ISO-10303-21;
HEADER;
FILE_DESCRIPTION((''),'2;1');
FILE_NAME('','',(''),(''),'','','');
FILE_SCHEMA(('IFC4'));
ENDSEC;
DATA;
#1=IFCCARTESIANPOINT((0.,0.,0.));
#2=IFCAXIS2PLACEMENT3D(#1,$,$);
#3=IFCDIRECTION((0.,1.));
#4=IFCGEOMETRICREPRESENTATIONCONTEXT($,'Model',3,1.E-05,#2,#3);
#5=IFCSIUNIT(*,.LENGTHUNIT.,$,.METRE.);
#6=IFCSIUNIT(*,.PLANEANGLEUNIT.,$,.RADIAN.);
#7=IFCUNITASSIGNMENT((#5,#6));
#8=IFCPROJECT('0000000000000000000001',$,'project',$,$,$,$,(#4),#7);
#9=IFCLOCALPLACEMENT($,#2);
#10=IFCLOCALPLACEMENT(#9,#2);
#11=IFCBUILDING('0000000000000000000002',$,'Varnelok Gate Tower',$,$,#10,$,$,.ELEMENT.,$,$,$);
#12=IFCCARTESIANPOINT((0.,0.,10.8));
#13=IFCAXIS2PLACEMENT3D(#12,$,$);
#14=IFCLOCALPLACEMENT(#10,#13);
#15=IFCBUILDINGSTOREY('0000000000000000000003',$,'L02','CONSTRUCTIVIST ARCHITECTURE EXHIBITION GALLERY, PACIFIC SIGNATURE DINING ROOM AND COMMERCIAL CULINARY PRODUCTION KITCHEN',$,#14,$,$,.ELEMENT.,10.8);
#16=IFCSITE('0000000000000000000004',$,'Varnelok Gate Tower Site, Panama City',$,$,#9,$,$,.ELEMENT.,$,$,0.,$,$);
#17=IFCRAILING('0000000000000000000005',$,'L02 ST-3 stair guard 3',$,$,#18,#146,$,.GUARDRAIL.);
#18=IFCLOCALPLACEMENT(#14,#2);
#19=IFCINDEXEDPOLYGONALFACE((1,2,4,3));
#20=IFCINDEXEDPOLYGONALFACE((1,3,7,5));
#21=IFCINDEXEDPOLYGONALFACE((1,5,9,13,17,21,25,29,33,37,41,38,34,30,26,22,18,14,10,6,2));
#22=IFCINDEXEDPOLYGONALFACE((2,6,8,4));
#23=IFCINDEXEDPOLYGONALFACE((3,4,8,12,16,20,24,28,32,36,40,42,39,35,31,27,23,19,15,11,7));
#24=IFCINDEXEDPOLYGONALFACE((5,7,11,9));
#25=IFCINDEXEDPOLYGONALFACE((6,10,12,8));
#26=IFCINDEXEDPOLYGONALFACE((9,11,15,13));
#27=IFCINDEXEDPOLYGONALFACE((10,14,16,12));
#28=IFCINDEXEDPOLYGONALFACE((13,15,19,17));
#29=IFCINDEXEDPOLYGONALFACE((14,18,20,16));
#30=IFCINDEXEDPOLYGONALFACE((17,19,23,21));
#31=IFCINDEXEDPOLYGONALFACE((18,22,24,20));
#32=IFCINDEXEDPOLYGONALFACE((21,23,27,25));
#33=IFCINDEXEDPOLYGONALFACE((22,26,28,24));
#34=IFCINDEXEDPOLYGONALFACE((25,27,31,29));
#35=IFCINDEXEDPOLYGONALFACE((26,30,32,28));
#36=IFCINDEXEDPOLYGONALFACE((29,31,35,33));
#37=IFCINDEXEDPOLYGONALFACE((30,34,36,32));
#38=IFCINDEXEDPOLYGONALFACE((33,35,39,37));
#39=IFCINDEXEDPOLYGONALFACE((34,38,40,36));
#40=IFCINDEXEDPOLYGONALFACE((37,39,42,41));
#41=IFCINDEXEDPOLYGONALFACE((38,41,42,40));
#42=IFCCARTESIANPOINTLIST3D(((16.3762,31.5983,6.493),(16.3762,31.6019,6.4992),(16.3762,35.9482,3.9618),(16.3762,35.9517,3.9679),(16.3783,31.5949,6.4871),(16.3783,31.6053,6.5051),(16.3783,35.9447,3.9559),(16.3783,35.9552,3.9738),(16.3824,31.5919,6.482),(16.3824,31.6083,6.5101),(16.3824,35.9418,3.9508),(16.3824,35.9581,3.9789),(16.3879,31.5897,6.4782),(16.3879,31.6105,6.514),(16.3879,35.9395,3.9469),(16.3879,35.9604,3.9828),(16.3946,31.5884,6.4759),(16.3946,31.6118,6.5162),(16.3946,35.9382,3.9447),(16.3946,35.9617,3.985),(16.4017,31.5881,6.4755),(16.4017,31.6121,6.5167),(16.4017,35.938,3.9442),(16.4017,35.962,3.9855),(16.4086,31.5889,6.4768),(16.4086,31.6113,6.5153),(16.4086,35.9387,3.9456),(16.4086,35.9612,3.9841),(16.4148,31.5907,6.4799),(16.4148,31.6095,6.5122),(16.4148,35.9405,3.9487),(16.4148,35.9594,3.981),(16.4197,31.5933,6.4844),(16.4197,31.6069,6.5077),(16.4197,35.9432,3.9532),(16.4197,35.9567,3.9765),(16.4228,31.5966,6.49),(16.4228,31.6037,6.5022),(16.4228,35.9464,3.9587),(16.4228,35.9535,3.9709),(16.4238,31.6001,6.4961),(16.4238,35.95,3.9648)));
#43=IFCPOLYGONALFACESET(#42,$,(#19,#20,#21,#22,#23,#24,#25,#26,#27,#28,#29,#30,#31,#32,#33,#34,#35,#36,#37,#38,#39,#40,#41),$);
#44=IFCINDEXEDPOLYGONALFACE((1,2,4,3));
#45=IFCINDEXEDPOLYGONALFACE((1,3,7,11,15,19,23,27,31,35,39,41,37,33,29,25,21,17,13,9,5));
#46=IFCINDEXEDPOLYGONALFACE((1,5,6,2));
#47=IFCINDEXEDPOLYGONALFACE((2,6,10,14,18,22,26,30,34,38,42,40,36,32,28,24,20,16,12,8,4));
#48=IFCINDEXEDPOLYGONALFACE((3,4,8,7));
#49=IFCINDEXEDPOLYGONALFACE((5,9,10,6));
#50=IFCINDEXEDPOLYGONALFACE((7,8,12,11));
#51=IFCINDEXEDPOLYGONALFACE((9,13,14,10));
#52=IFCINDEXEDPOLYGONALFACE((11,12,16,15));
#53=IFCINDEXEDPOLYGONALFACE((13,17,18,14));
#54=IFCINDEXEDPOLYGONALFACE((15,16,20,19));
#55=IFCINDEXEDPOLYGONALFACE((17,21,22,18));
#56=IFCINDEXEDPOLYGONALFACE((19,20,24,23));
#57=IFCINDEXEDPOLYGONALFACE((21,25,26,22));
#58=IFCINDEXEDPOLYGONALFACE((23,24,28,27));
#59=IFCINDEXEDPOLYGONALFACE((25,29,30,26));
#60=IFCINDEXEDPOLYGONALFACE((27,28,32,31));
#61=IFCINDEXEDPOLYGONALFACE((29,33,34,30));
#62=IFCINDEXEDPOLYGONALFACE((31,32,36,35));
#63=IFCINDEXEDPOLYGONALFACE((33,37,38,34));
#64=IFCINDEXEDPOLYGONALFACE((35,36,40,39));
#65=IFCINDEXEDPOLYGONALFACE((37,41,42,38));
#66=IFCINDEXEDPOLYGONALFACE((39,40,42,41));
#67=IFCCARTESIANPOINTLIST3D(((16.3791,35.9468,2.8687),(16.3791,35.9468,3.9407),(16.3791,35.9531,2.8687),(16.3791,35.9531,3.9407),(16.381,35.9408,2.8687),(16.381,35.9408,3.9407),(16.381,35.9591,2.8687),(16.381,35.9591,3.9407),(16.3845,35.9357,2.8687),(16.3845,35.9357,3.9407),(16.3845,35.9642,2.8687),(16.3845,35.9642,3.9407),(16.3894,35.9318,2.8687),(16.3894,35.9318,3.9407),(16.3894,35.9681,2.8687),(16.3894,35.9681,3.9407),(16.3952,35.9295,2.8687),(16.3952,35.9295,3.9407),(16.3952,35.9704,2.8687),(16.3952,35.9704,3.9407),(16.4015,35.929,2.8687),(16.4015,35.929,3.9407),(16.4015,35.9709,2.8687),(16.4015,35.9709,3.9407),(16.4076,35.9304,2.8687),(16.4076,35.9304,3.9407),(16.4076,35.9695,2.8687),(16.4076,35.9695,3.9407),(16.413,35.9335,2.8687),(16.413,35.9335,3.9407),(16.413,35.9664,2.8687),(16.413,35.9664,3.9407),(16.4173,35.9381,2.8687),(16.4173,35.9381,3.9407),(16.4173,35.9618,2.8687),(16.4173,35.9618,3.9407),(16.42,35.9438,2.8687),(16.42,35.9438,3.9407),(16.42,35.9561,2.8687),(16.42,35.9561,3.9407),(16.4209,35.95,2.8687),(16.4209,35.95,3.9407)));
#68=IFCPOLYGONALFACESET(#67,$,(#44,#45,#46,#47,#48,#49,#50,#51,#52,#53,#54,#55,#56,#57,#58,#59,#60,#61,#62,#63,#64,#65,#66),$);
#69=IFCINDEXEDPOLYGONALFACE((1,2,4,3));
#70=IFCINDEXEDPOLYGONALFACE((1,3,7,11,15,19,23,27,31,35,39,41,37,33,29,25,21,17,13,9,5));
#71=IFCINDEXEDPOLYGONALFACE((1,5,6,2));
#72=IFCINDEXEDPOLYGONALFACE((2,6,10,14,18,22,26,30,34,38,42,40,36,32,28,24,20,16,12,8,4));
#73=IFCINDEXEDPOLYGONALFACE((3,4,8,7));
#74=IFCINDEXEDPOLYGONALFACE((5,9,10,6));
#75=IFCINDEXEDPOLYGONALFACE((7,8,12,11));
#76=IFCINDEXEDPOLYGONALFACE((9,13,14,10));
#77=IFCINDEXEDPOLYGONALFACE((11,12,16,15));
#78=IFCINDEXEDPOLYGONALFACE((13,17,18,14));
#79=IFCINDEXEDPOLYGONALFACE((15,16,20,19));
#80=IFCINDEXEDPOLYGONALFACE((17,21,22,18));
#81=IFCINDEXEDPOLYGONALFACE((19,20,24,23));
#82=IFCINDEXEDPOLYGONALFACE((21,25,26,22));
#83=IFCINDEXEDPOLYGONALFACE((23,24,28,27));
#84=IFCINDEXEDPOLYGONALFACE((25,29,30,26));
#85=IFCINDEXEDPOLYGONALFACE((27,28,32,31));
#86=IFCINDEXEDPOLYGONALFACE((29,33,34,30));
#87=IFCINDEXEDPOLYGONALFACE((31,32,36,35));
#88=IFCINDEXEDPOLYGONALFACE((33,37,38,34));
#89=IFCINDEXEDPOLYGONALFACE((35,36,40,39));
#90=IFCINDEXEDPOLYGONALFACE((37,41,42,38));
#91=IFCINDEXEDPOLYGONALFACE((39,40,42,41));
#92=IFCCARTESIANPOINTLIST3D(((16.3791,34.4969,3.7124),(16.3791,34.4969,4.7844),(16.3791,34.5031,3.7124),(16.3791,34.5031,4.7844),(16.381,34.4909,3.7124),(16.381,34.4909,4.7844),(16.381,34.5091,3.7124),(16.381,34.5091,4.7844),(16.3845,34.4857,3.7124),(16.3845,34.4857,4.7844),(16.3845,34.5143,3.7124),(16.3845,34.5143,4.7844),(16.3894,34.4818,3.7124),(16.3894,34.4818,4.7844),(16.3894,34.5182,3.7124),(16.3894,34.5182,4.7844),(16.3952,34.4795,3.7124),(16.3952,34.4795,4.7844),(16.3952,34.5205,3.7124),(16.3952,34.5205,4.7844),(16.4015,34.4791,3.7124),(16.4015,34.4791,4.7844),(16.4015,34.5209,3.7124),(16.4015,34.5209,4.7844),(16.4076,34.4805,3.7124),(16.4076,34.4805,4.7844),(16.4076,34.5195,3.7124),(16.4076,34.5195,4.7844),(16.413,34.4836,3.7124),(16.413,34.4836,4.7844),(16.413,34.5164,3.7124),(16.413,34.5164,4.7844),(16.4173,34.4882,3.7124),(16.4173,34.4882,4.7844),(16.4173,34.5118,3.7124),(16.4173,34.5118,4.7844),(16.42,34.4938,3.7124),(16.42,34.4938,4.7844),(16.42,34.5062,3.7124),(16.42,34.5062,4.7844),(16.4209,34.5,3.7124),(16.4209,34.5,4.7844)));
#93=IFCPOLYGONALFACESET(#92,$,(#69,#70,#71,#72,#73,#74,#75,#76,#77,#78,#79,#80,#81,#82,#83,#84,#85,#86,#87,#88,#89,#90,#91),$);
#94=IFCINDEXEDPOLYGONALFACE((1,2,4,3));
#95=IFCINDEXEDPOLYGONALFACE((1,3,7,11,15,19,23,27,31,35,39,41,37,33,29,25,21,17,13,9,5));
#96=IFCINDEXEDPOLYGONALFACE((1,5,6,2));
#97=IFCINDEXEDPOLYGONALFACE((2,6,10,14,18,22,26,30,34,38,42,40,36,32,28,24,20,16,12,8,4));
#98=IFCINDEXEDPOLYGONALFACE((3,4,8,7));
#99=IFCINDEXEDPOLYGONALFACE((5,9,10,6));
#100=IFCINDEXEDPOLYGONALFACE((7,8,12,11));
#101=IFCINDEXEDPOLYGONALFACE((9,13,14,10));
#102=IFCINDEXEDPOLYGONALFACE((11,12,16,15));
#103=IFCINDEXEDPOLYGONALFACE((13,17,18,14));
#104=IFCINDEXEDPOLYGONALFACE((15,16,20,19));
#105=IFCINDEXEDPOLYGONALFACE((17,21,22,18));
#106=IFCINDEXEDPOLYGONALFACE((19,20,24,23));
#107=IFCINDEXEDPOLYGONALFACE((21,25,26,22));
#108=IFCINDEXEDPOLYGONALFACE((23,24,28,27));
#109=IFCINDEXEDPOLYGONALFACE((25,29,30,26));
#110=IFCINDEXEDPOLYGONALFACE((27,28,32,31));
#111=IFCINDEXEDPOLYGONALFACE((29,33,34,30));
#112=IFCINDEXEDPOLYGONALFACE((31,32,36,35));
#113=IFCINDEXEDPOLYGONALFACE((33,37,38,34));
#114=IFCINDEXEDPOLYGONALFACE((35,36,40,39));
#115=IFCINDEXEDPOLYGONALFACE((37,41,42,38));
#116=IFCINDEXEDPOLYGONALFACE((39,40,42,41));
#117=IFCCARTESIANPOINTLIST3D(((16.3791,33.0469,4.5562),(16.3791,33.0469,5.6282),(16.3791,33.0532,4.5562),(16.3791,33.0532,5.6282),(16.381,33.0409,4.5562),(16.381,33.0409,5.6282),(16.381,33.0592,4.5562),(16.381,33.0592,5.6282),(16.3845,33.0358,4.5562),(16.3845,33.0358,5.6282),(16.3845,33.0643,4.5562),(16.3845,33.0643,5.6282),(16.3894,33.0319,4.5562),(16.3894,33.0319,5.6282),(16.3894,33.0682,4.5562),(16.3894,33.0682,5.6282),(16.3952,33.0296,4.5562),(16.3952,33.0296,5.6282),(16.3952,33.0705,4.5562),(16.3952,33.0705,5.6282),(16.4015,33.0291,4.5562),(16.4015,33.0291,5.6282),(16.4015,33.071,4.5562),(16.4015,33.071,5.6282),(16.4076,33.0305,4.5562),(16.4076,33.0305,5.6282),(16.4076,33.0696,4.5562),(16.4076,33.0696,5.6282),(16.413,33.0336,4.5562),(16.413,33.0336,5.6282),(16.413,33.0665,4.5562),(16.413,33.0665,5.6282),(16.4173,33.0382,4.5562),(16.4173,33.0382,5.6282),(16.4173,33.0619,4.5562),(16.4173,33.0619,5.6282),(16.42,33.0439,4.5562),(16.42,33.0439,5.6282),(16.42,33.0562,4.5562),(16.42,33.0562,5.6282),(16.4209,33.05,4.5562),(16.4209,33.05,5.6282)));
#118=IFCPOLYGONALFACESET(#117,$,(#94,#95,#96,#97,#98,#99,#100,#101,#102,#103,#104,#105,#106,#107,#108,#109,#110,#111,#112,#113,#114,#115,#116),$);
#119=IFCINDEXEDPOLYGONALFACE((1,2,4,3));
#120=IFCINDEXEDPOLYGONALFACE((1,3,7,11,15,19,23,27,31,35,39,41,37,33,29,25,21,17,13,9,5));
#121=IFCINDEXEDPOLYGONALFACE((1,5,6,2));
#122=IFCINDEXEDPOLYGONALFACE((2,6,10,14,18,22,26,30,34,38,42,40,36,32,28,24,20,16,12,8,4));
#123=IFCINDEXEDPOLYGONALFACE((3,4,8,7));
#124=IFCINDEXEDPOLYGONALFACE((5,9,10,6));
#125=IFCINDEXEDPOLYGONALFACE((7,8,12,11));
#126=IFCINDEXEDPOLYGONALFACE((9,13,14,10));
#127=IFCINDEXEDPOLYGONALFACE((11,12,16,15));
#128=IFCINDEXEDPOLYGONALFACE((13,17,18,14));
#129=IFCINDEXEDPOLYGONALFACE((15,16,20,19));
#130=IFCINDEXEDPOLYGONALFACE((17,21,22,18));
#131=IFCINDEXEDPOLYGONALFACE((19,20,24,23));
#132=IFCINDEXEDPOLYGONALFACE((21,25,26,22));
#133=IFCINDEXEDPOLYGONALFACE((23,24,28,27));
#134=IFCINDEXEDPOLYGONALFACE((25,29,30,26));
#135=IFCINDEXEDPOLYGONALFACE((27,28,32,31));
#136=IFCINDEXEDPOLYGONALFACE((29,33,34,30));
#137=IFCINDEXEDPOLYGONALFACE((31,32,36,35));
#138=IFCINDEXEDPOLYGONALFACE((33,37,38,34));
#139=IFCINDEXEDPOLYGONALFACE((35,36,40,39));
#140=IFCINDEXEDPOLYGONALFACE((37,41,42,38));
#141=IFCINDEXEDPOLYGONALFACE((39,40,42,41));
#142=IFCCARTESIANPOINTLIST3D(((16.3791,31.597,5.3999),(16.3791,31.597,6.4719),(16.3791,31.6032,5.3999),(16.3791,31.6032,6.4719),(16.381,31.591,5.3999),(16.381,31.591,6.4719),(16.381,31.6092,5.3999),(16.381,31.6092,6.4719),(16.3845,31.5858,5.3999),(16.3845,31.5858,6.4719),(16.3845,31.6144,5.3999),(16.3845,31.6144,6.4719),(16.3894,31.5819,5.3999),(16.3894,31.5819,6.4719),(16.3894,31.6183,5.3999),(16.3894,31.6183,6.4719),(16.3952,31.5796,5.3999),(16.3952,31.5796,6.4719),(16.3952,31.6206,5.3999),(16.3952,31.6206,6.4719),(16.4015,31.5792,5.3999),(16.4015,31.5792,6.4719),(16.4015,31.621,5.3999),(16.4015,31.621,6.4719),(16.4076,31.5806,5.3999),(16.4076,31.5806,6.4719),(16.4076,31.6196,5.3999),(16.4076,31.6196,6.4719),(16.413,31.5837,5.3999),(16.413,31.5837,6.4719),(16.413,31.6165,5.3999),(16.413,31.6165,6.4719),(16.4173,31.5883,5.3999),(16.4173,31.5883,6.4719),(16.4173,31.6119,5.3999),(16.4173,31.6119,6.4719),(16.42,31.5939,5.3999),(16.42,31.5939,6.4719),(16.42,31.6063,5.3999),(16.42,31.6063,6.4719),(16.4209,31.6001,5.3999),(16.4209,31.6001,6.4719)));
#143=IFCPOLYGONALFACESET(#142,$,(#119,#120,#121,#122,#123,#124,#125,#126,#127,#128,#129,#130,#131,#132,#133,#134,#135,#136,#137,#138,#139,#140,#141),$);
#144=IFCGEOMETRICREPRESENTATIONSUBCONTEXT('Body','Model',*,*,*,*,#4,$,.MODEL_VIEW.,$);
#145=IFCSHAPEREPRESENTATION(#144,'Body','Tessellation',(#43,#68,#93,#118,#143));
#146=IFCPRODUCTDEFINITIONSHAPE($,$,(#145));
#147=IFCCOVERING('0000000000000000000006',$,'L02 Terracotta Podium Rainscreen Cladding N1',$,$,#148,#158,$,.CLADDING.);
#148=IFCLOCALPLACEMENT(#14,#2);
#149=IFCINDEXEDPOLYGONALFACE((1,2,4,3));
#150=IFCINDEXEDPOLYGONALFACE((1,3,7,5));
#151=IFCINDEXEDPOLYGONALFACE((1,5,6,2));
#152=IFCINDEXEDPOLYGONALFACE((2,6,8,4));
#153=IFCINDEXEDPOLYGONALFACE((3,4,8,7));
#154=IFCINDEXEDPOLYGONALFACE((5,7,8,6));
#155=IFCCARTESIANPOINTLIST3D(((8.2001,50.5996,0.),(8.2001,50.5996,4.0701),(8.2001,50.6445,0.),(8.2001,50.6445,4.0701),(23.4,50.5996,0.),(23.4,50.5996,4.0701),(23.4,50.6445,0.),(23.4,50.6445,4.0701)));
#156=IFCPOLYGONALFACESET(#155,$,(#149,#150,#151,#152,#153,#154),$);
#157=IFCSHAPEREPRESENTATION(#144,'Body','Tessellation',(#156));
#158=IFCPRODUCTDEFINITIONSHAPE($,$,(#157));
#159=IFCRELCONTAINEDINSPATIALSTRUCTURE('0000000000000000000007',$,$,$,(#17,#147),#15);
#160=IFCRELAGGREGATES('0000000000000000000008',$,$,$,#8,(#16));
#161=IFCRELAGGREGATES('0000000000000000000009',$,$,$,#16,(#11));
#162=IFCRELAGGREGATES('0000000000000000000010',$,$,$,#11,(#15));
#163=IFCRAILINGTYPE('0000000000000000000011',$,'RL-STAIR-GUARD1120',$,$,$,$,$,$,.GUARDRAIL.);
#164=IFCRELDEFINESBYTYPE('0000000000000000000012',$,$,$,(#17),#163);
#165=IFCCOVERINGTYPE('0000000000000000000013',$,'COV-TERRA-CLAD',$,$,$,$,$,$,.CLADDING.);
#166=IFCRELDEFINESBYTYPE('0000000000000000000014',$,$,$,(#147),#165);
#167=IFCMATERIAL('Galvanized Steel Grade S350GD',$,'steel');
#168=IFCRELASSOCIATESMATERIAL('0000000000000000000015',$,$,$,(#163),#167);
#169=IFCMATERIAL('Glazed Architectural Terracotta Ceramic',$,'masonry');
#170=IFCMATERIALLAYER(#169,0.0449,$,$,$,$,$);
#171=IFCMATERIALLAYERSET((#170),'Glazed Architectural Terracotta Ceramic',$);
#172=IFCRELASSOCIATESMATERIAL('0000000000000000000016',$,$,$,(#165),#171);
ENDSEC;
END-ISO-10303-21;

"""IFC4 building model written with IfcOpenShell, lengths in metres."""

from ifc_helpers import new_model, si_unit, direction, frame, origin, origin_2d, place, context, subcontext, project, spatial, rectangle, circle, extrude, source, transform, mapped, material, layer, layer_set, type_object, element, save


model = new_model("IFC4")

# Units and contexts
model_context = context("Model", 3, precision=1e-05, world=origin(), true_north=direction((0.0, 1.0)))
body_context = subcontext(model_context, "Body", "Model", "MODEL_VIEW")
ifc_project = project(units=[si_unit("LENGTHUNIT", "METRE"), si_unit("PLANEANGLEUNIT", "RADIAN")], contexts=[model_context])

# Site, building, storey
site_placement = place(None, origin())
site = spatial("IfcSite", under=ifc_project, at=site_placement, Name="Varnelok Gate Tower Site, Panama City", CompositionType="ELEMENT", RefElevation=0.0)
building_placement = place(site_placement, origin())
building = spatial("IfcBuilding", under=site, at=building_placement, Name="Varnelok Gate Tower", CompositionType="ELEMENT")
storey_placement = place(building_placement, frame((0.0, 0.0, 10.8)))
storey = spatial("IfcBuildingStorey", under=building, at=storey_placement, Name="L02", Description="CONSTRUCTIVIST ARCHITECTURE EXHIBITION GALLERY, PACIFIC SIGNATURE DINING ROOM AND COMMERCIAL CULINARY PRODUCTION KITCHEN", CompositionType="ELEMENT", Elevation=10.8)

# Railing
ifc_material_1 = material(Name="Galvanized Steel Grade S350GD", Category="steel")
railing_type_1 = type_object("IfcRailingType", Name="RL-STAIR-GUARD1120", PredefinedType="GUARDRAIL", material=ifc_material_1)
railing_1_placement = place(storey_placement, frame((16.3999, 35.95, 2.8687)))
element("IfcRailing", 1, at=railing_1_placement, inside=storey, type_object=railing_type_1, Name="L02 ST-3 stair guard 3", PredefinedType="GUARDRAIL", context=body_context, shape_type="SweptSolid", body=[
    extrude(circle(Radius=0.0239, at=origin_2d()), frame((0.0, 0.0, 1.0962), z_axis=(0.0, -0.864312, 0.502957), x_axis=(1.0, 0.0, 0.0)), (0.0, 0.0, 1.0), 5.0327),
    extrude(circle(Radius=0.021, at=origin_2d()), origin(), (0.0, 0.0, 1.0), 1.072),
    extrude(circle(Radius=0.021, at=origin_2d()), frame((0.0, -1.45, 0.8438)), (0.0, 0.0, 1.0), 1.072),
    extrude(circle(Radius=0.021, at=origin_2d()), frame((0.0, -2.8999, 1.6875)), (0.0, 0.0, 1.0), 1.072),
    extrude(circle(Radius=0.021, at=origin_2d()), frame((0.0, -4.3499, 2.5312)), (0.0, 0.0, 1.0), 1.072),
])

# Covering
ifc_material_2 = material(Name="Glazed Architectural Terracotta Ceramic", Category="masonry")
ifc_layer_1 = layer(ifc_material_2, 0.0449)
ifc_layer_set_1 = layer_set([ifc_layer_1], Name="Glazed Architectural Terracotta Ceramic")
covering_type = type_object("IfcCoveringType", Name="COV-TERRA-CLAD", PredefinedType="CLADDING", material=ifc_layer_set_1)
shared_shape = source(origin(), body_context, "Body", "SweptSolid", [
    extrude(rectangle(XDim=15.2, YDim=0.0449, at=origin_2d()), origin(), (0.0, 0.0, 1.0), 4.0701),
])
covering_placement = place(storey_placement, frame((15.8, 50.6221, 0.0), z_axis=(0.0, 0.0, 1.0), x_axis=(1.0, 0.0, 0.0)))
element("IfcCovering", 2, at=covering_placement, inside=storey, type_object=covering_type, Name="L02 Terracotta Podium Rainscreen Cladding N1", PredefinedType="CLADDING", context=body_context, shape_type="MappedRepresentation", body=[
    mapped(shared_shape, transform((0.0, 0.0, 0.0), scale=1.0)),
])

save(model, "model.ifc")
